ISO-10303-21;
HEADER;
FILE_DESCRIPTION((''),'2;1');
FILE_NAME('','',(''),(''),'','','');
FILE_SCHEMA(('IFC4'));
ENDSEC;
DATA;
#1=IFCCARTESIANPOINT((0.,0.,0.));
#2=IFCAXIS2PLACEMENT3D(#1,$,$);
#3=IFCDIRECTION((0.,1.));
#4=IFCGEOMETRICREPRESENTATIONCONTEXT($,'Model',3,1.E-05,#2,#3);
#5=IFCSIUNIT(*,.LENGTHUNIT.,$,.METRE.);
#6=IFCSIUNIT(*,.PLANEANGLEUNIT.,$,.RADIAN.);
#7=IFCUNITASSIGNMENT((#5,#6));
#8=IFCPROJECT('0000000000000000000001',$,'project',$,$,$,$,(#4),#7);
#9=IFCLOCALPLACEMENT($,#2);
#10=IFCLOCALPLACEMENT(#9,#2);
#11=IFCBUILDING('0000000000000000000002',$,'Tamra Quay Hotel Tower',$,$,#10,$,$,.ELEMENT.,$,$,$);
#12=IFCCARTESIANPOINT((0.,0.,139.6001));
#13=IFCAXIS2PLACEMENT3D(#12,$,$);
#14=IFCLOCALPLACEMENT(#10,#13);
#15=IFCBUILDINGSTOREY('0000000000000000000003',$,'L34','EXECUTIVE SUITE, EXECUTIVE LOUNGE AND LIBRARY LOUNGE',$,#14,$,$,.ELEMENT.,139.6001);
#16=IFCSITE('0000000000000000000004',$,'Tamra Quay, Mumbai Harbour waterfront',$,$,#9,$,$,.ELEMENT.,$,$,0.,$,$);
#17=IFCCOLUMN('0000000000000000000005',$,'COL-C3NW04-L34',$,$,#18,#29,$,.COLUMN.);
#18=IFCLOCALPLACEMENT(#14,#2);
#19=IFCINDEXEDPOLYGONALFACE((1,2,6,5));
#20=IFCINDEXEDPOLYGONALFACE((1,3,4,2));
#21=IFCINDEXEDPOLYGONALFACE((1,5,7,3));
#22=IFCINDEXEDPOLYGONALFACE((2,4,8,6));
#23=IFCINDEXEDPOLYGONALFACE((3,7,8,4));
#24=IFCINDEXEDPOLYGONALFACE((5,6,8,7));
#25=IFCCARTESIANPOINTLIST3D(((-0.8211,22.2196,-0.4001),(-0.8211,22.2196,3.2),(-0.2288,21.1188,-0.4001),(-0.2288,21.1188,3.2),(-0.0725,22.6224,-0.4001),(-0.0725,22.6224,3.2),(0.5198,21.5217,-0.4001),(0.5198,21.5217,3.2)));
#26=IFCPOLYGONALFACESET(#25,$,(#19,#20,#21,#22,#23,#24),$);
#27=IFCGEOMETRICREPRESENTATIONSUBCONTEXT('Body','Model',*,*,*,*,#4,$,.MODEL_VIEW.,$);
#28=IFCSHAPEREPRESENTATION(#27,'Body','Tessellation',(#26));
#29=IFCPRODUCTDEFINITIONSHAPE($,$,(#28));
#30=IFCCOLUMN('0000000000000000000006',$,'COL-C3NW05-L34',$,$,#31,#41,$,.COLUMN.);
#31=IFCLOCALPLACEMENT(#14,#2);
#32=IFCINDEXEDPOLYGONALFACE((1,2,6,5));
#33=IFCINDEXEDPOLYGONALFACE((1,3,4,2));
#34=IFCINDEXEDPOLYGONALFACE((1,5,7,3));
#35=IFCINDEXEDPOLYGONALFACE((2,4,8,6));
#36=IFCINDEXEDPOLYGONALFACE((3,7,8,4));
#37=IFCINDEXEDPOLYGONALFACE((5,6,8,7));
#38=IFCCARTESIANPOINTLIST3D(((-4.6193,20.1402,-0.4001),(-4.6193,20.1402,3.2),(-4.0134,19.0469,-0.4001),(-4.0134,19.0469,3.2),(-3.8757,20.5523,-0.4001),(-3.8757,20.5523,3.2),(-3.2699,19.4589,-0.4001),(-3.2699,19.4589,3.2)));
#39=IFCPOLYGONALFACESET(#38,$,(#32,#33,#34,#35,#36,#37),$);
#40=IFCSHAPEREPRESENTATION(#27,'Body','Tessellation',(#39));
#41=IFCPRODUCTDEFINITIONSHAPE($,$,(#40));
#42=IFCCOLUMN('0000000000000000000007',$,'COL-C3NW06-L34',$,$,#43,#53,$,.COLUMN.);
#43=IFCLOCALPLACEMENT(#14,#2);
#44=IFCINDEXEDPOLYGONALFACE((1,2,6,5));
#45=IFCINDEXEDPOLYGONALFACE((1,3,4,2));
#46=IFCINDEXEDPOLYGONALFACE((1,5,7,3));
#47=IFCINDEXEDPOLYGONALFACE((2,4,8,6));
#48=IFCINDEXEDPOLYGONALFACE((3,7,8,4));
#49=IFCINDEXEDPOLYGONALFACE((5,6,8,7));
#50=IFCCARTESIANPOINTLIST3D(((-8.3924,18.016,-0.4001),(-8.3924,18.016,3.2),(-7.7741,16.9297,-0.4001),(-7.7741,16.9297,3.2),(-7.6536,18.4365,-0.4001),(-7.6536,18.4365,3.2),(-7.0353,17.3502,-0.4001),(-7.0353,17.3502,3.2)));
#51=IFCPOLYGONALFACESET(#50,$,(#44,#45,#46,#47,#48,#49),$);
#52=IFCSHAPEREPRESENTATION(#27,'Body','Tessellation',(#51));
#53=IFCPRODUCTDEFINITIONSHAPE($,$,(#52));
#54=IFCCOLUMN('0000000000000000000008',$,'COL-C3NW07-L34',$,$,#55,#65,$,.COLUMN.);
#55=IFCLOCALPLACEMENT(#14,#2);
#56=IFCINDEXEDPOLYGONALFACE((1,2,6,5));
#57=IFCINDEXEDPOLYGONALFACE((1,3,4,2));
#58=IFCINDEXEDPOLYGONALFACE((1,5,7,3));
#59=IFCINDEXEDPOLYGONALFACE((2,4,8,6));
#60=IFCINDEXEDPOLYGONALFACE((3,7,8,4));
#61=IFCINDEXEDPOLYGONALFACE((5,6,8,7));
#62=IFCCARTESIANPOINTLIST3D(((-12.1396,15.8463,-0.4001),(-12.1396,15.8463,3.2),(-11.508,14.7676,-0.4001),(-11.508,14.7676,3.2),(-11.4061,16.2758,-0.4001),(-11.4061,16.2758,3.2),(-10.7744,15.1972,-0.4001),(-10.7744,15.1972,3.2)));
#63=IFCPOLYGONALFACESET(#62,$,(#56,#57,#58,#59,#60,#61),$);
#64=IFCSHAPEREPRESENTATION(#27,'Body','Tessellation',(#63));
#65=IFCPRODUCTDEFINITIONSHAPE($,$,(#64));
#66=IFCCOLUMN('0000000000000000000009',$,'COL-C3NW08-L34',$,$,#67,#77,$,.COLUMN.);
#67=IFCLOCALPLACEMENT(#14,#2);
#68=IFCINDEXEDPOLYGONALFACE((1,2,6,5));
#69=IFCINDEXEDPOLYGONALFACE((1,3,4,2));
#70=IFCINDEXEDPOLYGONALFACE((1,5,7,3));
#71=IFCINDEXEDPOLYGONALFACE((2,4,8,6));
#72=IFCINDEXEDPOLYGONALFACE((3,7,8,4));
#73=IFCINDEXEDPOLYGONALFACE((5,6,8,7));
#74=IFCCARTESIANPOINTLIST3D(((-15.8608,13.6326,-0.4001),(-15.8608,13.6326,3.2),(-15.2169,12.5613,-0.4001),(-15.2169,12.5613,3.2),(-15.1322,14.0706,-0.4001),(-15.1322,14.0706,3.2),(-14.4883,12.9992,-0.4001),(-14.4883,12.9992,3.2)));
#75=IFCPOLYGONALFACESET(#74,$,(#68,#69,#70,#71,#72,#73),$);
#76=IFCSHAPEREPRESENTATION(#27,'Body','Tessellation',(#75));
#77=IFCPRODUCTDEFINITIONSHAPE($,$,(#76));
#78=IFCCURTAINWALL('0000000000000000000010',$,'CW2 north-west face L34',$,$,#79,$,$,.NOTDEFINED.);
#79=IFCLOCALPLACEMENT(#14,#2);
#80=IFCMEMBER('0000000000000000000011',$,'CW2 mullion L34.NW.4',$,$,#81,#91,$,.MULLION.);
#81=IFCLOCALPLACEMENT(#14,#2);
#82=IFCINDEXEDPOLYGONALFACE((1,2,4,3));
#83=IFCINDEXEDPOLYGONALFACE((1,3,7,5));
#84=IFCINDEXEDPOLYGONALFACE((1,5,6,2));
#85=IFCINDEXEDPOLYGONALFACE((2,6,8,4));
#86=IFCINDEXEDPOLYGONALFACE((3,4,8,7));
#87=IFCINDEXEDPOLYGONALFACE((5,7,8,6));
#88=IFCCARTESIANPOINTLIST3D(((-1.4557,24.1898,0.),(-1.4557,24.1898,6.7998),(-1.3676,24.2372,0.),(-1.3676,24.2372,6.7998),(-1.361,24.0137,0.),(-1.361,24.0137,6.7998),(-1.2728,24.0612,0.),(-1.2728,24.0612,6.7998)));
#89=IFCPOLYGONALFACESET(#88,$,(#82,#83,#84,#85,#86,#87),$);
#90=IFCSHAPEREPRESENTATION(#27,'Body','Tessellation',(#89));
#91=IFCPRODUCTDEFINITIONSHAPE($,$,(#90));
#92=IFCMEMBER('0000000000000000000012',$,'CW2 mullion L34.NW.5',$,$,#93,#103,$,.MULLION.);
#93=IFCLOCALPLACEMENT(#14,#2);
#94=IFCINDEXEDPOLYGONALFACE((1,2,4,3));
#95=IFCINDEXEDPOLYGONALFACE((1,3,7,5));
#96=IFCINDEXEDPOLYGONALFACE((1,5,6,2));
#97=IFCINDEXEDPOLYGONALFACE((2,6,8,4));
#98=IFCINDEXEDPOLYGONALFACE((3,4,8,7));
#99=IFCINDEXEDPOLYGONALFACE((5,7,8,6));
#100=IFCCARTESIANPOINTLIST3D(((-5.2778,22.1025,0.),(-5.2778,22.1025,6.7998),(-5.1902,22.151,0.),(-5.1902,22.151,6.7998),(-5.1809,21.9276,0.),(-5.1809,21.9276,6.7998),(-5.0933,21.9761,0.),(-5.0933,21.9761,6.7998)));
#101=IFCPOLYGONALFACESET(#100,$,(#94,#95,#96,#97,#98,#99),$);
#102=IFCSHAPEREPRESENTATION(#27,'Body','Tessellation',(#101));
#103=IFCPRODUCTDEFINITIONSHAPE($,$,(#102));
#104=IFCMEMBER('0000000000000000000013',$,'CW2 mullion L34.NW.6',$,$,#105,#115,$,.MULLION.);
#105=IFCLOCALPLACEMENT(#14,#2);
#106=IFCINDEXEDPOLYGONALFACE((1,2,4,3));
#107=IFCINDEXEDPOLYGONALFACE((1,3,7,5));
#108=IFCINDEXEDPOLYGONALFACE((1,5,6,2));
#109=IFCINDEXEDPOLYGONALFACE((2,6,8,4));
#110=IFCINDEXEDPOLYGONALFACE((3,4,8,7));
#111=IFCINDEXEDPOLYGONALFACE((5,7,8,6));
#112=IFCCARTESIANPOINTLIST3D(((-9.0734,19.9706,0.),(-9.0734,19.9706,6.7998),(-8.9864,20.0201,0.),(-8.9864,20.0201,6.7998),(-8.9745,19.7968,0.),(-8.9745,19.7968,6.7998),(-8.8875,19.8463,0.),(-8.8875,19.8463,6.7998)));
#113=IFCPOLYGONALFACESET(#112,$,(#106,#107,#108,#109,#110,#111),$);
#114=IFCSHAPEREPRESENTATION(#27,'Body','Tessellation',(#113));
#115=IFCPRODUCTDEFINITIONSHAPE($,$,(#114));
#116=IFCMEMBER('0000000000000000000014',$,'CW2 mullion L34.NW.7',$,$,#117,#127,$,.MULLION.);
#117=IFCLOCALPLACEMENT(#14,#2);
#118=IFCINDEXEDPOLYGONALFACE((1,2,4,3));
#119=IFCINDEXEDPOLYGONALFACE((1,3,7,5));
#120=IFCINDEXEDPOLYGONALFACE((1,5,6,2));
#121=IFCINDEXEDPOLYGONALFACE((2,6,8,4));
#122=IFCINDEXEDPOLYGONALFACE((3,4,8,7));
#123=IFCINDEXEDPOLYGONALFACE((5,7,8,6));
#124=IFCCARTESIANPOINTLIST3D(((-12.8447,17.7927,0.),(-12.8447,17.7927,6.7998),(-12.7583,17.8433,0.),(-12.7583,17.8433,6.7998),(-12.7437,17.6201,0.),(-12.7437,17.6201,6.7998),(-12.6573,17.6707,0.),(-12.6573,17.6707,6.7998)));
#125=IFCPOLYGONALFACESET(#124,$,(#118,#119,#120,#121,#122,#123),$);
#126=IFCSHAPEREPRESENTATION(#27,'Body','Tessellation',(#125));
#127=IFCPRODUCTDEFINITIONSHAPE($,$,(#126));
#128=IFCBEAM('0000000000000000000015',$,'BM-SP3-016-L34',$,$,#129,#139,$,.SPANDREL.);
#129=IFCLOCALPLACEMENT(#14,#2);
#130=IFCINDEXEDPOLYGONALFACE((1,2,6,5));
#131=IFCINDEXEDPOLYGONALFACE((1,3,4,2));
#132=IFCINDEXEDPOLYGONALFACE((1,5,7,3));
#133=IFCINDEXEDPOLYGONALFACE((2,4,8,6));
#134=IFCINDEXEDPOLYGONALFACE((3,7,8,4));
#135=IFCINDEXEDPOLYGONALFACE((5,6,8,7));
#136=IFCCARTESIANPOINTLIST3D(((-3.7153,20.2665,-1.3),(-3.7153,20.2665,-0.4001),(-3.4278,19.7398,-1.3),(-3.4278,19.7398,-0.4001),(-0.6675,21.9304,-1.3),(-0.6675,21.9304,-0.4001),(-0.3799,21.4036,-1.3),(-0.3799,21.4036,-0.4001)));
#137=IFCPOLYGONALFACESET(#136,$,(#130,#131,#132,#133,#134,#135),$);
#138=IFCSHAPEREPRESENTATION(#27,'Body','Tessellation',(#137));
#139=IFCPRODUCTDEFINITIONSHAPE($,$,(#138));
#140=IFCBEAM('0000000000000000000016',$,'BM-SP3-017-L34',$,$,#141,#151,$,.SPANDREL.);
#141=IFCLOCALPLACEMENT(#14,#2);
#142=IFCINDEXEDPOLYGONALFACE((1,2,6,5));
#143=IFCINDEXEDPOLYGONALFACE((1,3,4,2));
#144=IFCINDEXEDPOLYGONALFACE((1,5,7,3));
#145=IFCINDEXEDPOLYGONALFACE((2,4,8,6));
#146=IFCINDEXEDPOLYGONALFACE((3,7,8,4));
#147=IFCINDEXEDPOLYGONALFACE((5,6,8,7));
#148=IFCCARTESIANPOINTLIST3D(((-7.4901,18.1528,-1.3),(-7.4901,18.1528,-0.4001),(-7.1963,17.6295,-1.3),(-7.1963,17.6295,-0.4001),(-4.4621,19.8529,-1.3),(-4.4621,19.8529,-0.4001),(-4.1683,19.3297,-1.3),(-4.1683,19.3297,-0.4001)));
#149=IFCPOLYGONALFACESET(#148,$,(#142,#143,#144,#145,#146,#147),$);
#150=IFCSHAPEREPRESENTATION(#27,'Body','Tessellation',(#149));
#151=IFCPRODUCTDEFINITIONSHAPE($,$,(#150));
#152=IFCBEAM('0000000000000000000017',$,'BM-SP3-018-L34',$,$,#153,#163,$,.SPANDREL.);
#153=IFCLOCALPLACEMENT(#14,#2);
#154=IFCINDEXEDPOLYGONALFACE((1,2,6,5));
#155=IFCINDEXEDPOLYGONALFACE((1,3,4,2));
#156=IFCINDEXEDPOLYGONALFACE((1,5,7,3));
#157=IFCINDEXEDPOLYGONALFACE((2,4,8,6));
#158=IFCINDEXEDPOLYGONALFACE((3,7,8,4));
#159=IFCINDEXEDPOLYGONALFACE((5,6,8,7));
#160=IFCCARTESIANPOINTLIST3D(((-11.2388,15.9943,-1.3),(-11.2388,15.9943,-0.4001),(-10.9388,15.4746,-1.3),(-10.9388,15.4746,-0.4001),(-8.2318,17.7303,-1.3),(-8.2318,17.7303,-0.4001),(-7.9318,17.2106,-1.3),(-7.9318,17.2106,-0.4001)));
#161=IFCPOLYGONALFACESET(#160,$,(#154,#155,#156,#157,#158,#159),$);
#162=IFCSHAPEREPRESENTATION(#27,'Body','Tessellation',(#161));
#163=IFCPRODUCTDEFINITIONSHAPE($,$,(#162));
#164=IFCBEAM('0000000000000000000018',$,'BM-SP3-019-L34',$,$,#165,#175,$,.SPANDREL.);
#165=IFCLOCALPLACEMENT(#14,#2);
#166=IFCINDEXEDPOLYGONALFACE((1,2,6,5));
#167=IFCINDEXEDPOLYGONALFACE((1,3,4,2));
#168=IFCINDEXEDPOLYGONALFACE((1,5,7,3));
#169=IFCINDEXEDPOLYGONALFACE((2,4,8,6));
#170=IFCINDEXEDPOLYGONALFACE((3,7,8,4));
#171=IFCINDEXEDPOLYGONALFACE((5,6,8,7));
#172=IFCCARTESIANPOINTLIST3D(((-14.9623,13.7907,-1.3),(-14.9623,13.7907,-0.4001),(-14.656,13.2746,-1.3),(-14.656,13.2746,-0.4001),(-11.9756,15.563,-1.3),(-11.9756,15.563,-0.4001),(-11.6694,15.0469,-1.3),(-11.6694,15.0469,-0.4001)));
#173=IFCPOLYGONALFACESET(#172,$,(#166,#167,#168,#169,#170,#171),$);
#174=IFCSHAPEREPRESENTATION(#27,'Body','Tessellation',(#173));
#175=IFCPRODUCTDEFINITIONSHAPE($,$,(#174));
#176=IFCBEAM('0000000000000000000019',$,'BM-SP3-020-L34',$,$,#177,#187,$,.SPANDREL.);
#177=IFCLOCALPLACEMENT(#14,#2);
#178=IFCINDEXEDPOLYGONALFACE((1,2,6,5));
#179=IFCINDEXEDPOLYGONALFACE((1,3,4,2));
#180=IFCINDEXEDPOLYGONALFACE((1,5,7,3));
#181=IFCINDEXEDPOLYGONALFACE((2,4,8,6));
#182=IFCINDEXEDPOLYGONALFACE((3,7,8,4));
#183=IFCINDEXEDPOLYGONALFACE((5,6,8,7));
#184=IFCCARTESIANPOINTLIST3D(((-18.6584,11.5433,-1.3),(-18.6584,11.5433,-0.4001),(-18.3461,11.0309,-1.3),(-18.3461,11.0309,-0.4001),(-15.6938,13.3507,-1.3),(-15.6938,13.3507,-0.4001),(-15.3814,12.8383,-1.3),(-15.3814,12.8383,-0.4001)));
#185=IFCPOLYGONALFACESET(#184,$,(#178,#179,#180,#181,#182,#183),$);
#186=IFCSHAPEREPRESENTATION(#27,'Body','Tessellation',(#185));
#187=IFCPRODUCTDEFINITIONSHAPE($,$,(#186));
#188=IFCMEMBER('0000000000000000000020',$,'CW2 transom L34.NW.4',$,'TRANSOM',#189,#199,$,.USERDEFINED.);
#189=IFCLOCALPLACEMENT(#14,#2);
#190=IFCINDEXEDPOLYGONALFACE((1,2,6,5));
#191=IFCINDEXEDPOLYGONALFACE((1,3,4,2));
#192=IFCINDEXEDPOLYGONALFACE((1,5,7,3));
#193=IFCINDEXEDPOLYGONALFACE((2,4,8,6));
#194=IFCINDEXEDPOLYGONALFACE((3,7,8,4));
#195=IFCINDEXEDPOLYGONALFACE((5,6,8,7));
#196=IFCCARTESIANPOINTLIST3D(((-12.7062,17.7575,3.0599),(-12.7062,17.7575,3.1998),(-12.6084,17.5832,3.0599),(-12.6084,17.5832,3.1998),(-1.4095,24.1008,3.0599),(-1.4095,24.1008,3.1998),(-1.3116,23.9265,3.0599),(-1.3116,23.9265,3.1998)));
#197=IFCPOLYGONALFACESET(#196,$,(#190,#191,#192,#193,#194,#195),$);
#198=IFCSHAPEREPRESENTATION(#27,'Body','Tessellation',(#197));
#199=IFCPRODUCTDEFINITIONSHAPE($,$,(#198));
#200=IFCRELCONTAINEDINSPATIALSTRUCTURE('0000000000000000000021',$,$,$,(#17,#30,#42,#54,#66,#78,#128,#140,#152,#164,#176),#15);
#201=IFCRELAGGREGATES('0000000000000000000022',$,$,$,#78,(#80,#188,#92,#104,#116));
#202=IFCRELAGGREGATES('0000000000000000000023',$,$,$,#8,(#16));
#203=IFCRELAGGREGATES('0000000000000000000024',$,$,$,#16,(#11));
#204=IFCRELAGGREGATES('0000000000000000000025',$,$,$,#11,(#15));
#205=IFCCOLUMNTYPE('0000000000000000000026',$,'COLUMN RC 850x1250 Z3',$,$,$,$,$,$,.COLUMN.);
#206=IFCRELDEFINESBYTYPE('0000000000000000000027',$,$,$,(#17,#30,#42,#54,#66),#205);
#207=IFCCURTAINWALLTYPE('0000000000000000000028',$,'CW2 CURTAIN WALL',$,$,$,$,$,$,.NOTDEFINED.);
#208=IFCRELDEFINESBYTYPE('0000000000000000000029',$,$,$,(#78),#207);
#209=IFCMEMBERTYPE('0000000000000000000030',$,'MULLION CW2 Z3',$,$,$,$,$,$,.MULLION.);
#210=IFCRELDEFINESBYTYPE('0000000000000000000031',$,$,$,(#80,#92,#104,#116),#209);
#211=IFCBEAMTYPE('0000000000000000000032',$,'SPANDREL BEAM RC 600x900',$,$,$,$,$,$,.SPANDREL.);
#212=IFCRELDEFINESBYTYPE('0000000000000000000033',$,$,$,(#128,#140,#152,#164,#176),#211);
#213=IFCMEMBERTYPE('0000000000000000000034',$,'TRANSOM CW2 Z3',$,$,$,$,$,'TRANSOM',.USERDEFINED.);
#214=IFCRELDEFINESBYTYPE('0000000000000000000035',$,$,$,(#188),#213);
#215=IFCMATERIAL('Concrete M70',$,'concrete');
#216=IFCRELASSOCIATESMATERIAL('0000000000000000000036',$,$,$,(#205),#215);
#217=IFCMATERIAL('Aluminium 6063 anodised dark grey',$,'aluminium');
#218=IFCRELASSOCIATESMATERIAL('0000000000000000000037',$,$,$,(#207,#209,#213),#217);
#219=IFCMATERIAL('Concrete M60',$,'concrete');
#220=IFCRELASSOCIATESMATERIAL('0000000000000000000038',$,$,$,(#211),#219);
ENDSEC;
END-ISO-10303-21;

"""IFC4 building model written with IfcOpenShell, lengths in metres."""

from ifc_helpers import new_model, si_unit, direction, frame, origin, origin_2d, place, context, subcontext, project, spatial, rectangle, extrude, material, material_profile, profile_set, type_object, element, aggregate, save


model = new_model("IFC4")

# Units and contexts
model_context = context("Model", 3, precision=1e-05, world=origin(), true_north=direction((0.0, 1.0)))
body_context = subcontext(model_context, "Body", "Model", "MODEL_VIEW")
ifc_project = project(units=[si_unit("LENGTHUNIT", "METRE"), si_unit("PLANEANGLEUNIT", "RADIAN")], contexts=[model_context])

# Site, building, storey
site_placement = place(None, origin())
site = spatial("IfcSite", under=ifc_project, at=site_placement, Name="Tamra Quay, Mumbai Harbour waterfront", CompositionType="ELEMENT", RefElevation=0.0)
building_placement = place(site_placement, origin())
building = spatial("IfcBuilding", under=site, at=building_placement, Name="Tamra Quay Hotel Tower", CompositionType="ELEMENT")
storey_placement = place(building_placement, frame((0.0, 0.0, 139.6001)))
storey = spatial("IfcBuildingStorey", under=building, at=storey_placement, Name="L34", Description="EXECUTIVE SUITE, EXECUTIVE LOUNGE AND LIBRARY LOUNGE", CompositionType="ELEMENT", Elevation=139.6001)

# Columns
ifc_material_1 = material(Name="Concrete M70", Category="concrete")
ifc_material_profile_1 = material_profile(ifc_material_1, rectangle(XDim=1.25, YDim=0.8501, at=origin_2d()), Name="COLUMN RC 850x1250 Z3")
ifc_profile_set_1 = profile_set([ifc_material_profile_1], Name="Concrete M70")
column_type = type_object("IfcColumnType", Name="COLUMN RC 850x1250 Z3", PredefinedType="COLUMN", material=ifc_profile_set_1)
for number, where, z_axis, x_axis, name in (
    (1, (-0.1506, 21.8706, -0.4001), (0.0, 0.0, 1.0), (-0.473876, 0.880592, 0.0), "COL-C3NW04-L34"),
    (2, (-3.9446, 19.7996, -0.4001), (0.0, 0.0, 1.0), (-0.484683, 0.87469, 0.0), "COL-C3NW05-L34"),
    (3, (-7.7139, 17.6831, -0.4001), (0.0, 0.0, 1.0), (-0.494656, 0.869089, 0.0), "COL-C3NW06-L34"),
    (4, (-11.457, 15.5217, -0.4001), (0.0, 0.0, 1.0), (-0.505325, 0.862929, 0.0), "COL-C3NW07-L34"),
    (5, (-15.1746, 13.3159, -0.4001), (0.0, 0.0, 1.0), (-0.515162, 0.857093, 0.0), "COL-C3NW08-L34"),
):
    element("IfcColumn", number, at=place(storey_placement, frame(where, z_axis=z_axis, x_axis=x_axis)), inside=storey, type_object=column_type, Name=name, PredefinedType="COLUMN", context=body_context, shape_type="SweptSolid", body=[
        extrude(rectangle(XDim=1.25, YDim=0.8501, at=origin_2d()), origin(), (0.0, 0.0, 1.0), 3.6001),
    ])

# Curtain wall, members
ifc_material_2 = material(Name="Aluminium 6063 anodised dark grey", Category="aluminium")
curtain_wall_type = type_object("IfcCurtainWallType", Name="CW2 CURTAIN WALL", PredefinedType="NOTDEFINED", material=ifc_material_2)
curtain_wall_placement = place(storey_placement, origin())
curtain_wall = element("IfcCurtainWall", 6, at=curtain_wall_placement, inside=storey, type_object=curtain_wall_type, Name="CW2 north-west face L34", PredefinedType="NOTDEFINED")
ifc_material_profile_2 = material_profile(ifc_material_2, rectangle(XDim=0.2, YDim=0.1001, at=origin_2d()), Name="MULLION 100X200")
ifc_profile_set_2 = profile_set([ifc_material_profile_2], Name="Aluminium 6063 anodised dark grey")
member_type_1 = type_object("IfcMemberType", Name="MULLION CW2 Z3", PredefinedType="MULLION", material=ifc_profile_set_2)
member_1_placement = place(storey_placement, frame((-1.3643, 24.1255, 0.0), z_axis=(0.0, 0.0, 1.0), x_axis=(-0.473908, 0.880575, 0.0)))
member_1 = element("IfcMember", 7, at=member_1_placement, type_object=member_type_1, Name="CW2 mullion L34.NW.4", PredefinedType="MULLION", context=body_context, shape_type="SweptSolid", body=[
    extrude(rectangle(XDim=0.2, YDim=0.1001, at=origin_2d()), origin(), (0.0, 0.0, 1.0), 6.7998),
])
member_2_placement = place(storey_placement, frame((-5.1855, 22.0393, 0.0), z_axis=(0.0, 0.0, 1.0), x_axis=(-0.484395, 0.87485, 0.0)))
member_2 = element("IfcMember", 8, at=member_2_placement, type_object=member_type_1, Name="CW2 mullion L34.NW.5", PredefinedType="MULLION", context=body_context, shape_type="SweptSolid", body=[
    extrude(rectangle(XDim=0.2, YDim=0.1001, at=origin_2d()), origin(), (0.0, 0.0, 1.0), 6.7998),
])
member_3_placement = place(storey_placement, frame((-8.9805, 19.9084, 0.0), z_axis=(0.0, 0.0, 1.0), x_axis=(-0.494813, 0.868999, 0.0)))
member_3 = element("IfcMember", 9, at=member_3_placement, type_object=member_type_1, Name="CW2 mullion L34.NW.6", PredefinedType="MULLION", context=body_context, shape_type="SweptSolid", body=[
    extrude(rectangle(XDim=0.2, YDim=0.1001, at=origin_2d()), origin(), (0.0, 0.0, 1.0), 6.7998),
])
member_4_placement = place(storey_placement, frame((-12.751, 17.7317, 0.0), z_axis=(0.0, 0.0, 1.0), x_axis=(-0.505169, 0.863021, 0.0)))
member_4 = element("IfcMember", 10, at=member_4_placement, type_object=member_type_1, Name="CW2 mullion L34.NW.7", PredefinedType="MULLION", context=body_context, shape_type="SweptSolid", body=[
    extrude(rectangle(XDim=0.2, YDim=0.1001, at=origin_2d()), origin(), (0.0, 0.0, 1.0), 6.7998),
])

# Beams
ifc_material_3 = material(Name="Concrete M60", Category="concrete")
ifc_material_profile_3 = material_profile(ifc_material_3, rectangle(XDim=0.6001, YDim=0.8999, at=origin_2d()), Name="SPANDREL BEAM RC 600x900")
ifc_profile_set_3 = profile_set([ifc_material_profile_3], Name="Concrete M60")
beam_type = type_object("IfcBeamType", Name="SPANDREL BEAM RC 600x900", PredefinedType="SPANDREL", material=ifc_profile_set_3)
beam_1_placement = place(storey_placement, frame((-0.5237, 21.667, -0.8501), z_axis=(-0.877732, -0.479153, 0.0), x_axis=(0.479153, -0.877732, 0.0)))
element("IfcBeam", 11, at=beam_1_placement, inside=storey, type_object=beam_type, Name="BM-SP3-016-L34", PredefinedType="SPANDREL", context=body_context, shape_type="SweptSolid", body=[
    extrude(rectangle(XDim=0.6001, YDim=0.8999, at=origin_2d()), origin(), (0.0, 0.0, 1.0), 3.4724),
])
beam_2_placement = place(storey_placement, frame((-4.3152, 19.5913, -0.8501), z_axis=(-0.871956, -0.489584, 0.0), x_axis=(0.489584, -0.871956, 0.0)))
element("IfcBeam", 12, at=beam_2_placement, inside=storey, type_object=beam_type, Name="BM-SP3-017-L34", PredefinedType="SPANDREL", context=body_context, shape_type="SweptSolid", body=[
    extrude(rectangle(XDim=0.6001, YDim=0.8999, at=origin_2d()), origin(), (0.0, 0.0, 1.0), 3.4727),
])
beam_3_placement = place(storey_placement, frame((-8.0818, 17.4705, -0.8501), z_axis=(-0.866032, -0.499988, 0.0), x_axis=(0.499988, -0.866032, 0.0)))
element("IfcBeam", 13, at=beam_3_placement, inside=storey, type_object=beam_type, Name="BM-SP3-018-L34", PredefinedType="SPANDREL", context=body_context, shape_type="SweptSolid", body=[
    extrude(rectangle(XDim=0.6001, YDim=0.8999, at=origin_2d()), origin(), (0.0, 0.0, 1.0), 3.4722),
])
beam_4_placement = place(storey_placement, frame((-11.8225, 15.3049, -0.8501), z_axis=(-0.859989, -0.510313, 0.0), x_axis=(0.510313, -0.859989, 0.0)))
element("IfcBeam", 14, at=beam_4_placement, inside=storey, type_object=beam_type, Name="BM-SP3-019-L34", PredefinedType="SPANDREL", context=body_context, shape_type="SweptSolid", body=[
    extrude(rectangle(XDim=0.6001, YDim=0.8999, at=origin_2d()), origin(), (0.0, 0.0, 1.0), 3.4729),
])
beam_5_placement = place(storey_placement, frame((-15.5376, 13.0945, -0.8501), z_axis=(-0.853836, -0.520542, 0.0), x_axis=(0.520542, -0.853836, 0.0)))
element("IfcBeam", 15, at=beam_5_placement, inside=storey, type_object=beam_type, Name="BM-SP3-020-L34", PredefinedType="SPANDREL", context=body_context, shape_type="SweptSolid", body=[
    extrude(rectangle(XDim=0.6001, YDim=0.8999, at=origin_2d()), origin(), (0.0, 0.0, 1.0), 3.4722),
])

# Member
ifc_material_profile_4 = material_profile(ifc_material_2, rectangle(XDim=0.2, YDim=0.1399, at=origin_2d()), Name="TRANSOM 200X140")
ifc_profile_set_4 = profile_set([ifc_material_profile_4], Name="Aluminium 6063 anodised dark grey")
member_type_2 = type_object("IfcMemberType", Name="TRANSOM CW2 Z3", ElementType="TRANSOM", PredefinedType="USERDEFINED", material=ifc_profile_set_4)
member_5_placement = place(storey_placement, frame((-1.3606, 24.0137, 3.1299), z_axis=(-0.871941, -0.489611, 0.0), x_axis=(0.489611, -0.871941, 0.0)))
member_5 = element("IfcMember", 16, at=member_5_placement, type_object=member_type_2, Name="CW2 transom L34.NW.4", ObjectType="TRANSOM", PredefinedType="USERDEFINED", context=body_context, shape_type="SweptSolid", body=[
    extrude(rectangle(XDim=0.2, YDim=0.1399, at=origin_2d()), origin(), (0.0, 0.0, 1.0), 12.9558),
])

aggregate(curtain_wall, [member_1, member_5, member_2, member_3, member_4])

save(model, "model.ifc")
